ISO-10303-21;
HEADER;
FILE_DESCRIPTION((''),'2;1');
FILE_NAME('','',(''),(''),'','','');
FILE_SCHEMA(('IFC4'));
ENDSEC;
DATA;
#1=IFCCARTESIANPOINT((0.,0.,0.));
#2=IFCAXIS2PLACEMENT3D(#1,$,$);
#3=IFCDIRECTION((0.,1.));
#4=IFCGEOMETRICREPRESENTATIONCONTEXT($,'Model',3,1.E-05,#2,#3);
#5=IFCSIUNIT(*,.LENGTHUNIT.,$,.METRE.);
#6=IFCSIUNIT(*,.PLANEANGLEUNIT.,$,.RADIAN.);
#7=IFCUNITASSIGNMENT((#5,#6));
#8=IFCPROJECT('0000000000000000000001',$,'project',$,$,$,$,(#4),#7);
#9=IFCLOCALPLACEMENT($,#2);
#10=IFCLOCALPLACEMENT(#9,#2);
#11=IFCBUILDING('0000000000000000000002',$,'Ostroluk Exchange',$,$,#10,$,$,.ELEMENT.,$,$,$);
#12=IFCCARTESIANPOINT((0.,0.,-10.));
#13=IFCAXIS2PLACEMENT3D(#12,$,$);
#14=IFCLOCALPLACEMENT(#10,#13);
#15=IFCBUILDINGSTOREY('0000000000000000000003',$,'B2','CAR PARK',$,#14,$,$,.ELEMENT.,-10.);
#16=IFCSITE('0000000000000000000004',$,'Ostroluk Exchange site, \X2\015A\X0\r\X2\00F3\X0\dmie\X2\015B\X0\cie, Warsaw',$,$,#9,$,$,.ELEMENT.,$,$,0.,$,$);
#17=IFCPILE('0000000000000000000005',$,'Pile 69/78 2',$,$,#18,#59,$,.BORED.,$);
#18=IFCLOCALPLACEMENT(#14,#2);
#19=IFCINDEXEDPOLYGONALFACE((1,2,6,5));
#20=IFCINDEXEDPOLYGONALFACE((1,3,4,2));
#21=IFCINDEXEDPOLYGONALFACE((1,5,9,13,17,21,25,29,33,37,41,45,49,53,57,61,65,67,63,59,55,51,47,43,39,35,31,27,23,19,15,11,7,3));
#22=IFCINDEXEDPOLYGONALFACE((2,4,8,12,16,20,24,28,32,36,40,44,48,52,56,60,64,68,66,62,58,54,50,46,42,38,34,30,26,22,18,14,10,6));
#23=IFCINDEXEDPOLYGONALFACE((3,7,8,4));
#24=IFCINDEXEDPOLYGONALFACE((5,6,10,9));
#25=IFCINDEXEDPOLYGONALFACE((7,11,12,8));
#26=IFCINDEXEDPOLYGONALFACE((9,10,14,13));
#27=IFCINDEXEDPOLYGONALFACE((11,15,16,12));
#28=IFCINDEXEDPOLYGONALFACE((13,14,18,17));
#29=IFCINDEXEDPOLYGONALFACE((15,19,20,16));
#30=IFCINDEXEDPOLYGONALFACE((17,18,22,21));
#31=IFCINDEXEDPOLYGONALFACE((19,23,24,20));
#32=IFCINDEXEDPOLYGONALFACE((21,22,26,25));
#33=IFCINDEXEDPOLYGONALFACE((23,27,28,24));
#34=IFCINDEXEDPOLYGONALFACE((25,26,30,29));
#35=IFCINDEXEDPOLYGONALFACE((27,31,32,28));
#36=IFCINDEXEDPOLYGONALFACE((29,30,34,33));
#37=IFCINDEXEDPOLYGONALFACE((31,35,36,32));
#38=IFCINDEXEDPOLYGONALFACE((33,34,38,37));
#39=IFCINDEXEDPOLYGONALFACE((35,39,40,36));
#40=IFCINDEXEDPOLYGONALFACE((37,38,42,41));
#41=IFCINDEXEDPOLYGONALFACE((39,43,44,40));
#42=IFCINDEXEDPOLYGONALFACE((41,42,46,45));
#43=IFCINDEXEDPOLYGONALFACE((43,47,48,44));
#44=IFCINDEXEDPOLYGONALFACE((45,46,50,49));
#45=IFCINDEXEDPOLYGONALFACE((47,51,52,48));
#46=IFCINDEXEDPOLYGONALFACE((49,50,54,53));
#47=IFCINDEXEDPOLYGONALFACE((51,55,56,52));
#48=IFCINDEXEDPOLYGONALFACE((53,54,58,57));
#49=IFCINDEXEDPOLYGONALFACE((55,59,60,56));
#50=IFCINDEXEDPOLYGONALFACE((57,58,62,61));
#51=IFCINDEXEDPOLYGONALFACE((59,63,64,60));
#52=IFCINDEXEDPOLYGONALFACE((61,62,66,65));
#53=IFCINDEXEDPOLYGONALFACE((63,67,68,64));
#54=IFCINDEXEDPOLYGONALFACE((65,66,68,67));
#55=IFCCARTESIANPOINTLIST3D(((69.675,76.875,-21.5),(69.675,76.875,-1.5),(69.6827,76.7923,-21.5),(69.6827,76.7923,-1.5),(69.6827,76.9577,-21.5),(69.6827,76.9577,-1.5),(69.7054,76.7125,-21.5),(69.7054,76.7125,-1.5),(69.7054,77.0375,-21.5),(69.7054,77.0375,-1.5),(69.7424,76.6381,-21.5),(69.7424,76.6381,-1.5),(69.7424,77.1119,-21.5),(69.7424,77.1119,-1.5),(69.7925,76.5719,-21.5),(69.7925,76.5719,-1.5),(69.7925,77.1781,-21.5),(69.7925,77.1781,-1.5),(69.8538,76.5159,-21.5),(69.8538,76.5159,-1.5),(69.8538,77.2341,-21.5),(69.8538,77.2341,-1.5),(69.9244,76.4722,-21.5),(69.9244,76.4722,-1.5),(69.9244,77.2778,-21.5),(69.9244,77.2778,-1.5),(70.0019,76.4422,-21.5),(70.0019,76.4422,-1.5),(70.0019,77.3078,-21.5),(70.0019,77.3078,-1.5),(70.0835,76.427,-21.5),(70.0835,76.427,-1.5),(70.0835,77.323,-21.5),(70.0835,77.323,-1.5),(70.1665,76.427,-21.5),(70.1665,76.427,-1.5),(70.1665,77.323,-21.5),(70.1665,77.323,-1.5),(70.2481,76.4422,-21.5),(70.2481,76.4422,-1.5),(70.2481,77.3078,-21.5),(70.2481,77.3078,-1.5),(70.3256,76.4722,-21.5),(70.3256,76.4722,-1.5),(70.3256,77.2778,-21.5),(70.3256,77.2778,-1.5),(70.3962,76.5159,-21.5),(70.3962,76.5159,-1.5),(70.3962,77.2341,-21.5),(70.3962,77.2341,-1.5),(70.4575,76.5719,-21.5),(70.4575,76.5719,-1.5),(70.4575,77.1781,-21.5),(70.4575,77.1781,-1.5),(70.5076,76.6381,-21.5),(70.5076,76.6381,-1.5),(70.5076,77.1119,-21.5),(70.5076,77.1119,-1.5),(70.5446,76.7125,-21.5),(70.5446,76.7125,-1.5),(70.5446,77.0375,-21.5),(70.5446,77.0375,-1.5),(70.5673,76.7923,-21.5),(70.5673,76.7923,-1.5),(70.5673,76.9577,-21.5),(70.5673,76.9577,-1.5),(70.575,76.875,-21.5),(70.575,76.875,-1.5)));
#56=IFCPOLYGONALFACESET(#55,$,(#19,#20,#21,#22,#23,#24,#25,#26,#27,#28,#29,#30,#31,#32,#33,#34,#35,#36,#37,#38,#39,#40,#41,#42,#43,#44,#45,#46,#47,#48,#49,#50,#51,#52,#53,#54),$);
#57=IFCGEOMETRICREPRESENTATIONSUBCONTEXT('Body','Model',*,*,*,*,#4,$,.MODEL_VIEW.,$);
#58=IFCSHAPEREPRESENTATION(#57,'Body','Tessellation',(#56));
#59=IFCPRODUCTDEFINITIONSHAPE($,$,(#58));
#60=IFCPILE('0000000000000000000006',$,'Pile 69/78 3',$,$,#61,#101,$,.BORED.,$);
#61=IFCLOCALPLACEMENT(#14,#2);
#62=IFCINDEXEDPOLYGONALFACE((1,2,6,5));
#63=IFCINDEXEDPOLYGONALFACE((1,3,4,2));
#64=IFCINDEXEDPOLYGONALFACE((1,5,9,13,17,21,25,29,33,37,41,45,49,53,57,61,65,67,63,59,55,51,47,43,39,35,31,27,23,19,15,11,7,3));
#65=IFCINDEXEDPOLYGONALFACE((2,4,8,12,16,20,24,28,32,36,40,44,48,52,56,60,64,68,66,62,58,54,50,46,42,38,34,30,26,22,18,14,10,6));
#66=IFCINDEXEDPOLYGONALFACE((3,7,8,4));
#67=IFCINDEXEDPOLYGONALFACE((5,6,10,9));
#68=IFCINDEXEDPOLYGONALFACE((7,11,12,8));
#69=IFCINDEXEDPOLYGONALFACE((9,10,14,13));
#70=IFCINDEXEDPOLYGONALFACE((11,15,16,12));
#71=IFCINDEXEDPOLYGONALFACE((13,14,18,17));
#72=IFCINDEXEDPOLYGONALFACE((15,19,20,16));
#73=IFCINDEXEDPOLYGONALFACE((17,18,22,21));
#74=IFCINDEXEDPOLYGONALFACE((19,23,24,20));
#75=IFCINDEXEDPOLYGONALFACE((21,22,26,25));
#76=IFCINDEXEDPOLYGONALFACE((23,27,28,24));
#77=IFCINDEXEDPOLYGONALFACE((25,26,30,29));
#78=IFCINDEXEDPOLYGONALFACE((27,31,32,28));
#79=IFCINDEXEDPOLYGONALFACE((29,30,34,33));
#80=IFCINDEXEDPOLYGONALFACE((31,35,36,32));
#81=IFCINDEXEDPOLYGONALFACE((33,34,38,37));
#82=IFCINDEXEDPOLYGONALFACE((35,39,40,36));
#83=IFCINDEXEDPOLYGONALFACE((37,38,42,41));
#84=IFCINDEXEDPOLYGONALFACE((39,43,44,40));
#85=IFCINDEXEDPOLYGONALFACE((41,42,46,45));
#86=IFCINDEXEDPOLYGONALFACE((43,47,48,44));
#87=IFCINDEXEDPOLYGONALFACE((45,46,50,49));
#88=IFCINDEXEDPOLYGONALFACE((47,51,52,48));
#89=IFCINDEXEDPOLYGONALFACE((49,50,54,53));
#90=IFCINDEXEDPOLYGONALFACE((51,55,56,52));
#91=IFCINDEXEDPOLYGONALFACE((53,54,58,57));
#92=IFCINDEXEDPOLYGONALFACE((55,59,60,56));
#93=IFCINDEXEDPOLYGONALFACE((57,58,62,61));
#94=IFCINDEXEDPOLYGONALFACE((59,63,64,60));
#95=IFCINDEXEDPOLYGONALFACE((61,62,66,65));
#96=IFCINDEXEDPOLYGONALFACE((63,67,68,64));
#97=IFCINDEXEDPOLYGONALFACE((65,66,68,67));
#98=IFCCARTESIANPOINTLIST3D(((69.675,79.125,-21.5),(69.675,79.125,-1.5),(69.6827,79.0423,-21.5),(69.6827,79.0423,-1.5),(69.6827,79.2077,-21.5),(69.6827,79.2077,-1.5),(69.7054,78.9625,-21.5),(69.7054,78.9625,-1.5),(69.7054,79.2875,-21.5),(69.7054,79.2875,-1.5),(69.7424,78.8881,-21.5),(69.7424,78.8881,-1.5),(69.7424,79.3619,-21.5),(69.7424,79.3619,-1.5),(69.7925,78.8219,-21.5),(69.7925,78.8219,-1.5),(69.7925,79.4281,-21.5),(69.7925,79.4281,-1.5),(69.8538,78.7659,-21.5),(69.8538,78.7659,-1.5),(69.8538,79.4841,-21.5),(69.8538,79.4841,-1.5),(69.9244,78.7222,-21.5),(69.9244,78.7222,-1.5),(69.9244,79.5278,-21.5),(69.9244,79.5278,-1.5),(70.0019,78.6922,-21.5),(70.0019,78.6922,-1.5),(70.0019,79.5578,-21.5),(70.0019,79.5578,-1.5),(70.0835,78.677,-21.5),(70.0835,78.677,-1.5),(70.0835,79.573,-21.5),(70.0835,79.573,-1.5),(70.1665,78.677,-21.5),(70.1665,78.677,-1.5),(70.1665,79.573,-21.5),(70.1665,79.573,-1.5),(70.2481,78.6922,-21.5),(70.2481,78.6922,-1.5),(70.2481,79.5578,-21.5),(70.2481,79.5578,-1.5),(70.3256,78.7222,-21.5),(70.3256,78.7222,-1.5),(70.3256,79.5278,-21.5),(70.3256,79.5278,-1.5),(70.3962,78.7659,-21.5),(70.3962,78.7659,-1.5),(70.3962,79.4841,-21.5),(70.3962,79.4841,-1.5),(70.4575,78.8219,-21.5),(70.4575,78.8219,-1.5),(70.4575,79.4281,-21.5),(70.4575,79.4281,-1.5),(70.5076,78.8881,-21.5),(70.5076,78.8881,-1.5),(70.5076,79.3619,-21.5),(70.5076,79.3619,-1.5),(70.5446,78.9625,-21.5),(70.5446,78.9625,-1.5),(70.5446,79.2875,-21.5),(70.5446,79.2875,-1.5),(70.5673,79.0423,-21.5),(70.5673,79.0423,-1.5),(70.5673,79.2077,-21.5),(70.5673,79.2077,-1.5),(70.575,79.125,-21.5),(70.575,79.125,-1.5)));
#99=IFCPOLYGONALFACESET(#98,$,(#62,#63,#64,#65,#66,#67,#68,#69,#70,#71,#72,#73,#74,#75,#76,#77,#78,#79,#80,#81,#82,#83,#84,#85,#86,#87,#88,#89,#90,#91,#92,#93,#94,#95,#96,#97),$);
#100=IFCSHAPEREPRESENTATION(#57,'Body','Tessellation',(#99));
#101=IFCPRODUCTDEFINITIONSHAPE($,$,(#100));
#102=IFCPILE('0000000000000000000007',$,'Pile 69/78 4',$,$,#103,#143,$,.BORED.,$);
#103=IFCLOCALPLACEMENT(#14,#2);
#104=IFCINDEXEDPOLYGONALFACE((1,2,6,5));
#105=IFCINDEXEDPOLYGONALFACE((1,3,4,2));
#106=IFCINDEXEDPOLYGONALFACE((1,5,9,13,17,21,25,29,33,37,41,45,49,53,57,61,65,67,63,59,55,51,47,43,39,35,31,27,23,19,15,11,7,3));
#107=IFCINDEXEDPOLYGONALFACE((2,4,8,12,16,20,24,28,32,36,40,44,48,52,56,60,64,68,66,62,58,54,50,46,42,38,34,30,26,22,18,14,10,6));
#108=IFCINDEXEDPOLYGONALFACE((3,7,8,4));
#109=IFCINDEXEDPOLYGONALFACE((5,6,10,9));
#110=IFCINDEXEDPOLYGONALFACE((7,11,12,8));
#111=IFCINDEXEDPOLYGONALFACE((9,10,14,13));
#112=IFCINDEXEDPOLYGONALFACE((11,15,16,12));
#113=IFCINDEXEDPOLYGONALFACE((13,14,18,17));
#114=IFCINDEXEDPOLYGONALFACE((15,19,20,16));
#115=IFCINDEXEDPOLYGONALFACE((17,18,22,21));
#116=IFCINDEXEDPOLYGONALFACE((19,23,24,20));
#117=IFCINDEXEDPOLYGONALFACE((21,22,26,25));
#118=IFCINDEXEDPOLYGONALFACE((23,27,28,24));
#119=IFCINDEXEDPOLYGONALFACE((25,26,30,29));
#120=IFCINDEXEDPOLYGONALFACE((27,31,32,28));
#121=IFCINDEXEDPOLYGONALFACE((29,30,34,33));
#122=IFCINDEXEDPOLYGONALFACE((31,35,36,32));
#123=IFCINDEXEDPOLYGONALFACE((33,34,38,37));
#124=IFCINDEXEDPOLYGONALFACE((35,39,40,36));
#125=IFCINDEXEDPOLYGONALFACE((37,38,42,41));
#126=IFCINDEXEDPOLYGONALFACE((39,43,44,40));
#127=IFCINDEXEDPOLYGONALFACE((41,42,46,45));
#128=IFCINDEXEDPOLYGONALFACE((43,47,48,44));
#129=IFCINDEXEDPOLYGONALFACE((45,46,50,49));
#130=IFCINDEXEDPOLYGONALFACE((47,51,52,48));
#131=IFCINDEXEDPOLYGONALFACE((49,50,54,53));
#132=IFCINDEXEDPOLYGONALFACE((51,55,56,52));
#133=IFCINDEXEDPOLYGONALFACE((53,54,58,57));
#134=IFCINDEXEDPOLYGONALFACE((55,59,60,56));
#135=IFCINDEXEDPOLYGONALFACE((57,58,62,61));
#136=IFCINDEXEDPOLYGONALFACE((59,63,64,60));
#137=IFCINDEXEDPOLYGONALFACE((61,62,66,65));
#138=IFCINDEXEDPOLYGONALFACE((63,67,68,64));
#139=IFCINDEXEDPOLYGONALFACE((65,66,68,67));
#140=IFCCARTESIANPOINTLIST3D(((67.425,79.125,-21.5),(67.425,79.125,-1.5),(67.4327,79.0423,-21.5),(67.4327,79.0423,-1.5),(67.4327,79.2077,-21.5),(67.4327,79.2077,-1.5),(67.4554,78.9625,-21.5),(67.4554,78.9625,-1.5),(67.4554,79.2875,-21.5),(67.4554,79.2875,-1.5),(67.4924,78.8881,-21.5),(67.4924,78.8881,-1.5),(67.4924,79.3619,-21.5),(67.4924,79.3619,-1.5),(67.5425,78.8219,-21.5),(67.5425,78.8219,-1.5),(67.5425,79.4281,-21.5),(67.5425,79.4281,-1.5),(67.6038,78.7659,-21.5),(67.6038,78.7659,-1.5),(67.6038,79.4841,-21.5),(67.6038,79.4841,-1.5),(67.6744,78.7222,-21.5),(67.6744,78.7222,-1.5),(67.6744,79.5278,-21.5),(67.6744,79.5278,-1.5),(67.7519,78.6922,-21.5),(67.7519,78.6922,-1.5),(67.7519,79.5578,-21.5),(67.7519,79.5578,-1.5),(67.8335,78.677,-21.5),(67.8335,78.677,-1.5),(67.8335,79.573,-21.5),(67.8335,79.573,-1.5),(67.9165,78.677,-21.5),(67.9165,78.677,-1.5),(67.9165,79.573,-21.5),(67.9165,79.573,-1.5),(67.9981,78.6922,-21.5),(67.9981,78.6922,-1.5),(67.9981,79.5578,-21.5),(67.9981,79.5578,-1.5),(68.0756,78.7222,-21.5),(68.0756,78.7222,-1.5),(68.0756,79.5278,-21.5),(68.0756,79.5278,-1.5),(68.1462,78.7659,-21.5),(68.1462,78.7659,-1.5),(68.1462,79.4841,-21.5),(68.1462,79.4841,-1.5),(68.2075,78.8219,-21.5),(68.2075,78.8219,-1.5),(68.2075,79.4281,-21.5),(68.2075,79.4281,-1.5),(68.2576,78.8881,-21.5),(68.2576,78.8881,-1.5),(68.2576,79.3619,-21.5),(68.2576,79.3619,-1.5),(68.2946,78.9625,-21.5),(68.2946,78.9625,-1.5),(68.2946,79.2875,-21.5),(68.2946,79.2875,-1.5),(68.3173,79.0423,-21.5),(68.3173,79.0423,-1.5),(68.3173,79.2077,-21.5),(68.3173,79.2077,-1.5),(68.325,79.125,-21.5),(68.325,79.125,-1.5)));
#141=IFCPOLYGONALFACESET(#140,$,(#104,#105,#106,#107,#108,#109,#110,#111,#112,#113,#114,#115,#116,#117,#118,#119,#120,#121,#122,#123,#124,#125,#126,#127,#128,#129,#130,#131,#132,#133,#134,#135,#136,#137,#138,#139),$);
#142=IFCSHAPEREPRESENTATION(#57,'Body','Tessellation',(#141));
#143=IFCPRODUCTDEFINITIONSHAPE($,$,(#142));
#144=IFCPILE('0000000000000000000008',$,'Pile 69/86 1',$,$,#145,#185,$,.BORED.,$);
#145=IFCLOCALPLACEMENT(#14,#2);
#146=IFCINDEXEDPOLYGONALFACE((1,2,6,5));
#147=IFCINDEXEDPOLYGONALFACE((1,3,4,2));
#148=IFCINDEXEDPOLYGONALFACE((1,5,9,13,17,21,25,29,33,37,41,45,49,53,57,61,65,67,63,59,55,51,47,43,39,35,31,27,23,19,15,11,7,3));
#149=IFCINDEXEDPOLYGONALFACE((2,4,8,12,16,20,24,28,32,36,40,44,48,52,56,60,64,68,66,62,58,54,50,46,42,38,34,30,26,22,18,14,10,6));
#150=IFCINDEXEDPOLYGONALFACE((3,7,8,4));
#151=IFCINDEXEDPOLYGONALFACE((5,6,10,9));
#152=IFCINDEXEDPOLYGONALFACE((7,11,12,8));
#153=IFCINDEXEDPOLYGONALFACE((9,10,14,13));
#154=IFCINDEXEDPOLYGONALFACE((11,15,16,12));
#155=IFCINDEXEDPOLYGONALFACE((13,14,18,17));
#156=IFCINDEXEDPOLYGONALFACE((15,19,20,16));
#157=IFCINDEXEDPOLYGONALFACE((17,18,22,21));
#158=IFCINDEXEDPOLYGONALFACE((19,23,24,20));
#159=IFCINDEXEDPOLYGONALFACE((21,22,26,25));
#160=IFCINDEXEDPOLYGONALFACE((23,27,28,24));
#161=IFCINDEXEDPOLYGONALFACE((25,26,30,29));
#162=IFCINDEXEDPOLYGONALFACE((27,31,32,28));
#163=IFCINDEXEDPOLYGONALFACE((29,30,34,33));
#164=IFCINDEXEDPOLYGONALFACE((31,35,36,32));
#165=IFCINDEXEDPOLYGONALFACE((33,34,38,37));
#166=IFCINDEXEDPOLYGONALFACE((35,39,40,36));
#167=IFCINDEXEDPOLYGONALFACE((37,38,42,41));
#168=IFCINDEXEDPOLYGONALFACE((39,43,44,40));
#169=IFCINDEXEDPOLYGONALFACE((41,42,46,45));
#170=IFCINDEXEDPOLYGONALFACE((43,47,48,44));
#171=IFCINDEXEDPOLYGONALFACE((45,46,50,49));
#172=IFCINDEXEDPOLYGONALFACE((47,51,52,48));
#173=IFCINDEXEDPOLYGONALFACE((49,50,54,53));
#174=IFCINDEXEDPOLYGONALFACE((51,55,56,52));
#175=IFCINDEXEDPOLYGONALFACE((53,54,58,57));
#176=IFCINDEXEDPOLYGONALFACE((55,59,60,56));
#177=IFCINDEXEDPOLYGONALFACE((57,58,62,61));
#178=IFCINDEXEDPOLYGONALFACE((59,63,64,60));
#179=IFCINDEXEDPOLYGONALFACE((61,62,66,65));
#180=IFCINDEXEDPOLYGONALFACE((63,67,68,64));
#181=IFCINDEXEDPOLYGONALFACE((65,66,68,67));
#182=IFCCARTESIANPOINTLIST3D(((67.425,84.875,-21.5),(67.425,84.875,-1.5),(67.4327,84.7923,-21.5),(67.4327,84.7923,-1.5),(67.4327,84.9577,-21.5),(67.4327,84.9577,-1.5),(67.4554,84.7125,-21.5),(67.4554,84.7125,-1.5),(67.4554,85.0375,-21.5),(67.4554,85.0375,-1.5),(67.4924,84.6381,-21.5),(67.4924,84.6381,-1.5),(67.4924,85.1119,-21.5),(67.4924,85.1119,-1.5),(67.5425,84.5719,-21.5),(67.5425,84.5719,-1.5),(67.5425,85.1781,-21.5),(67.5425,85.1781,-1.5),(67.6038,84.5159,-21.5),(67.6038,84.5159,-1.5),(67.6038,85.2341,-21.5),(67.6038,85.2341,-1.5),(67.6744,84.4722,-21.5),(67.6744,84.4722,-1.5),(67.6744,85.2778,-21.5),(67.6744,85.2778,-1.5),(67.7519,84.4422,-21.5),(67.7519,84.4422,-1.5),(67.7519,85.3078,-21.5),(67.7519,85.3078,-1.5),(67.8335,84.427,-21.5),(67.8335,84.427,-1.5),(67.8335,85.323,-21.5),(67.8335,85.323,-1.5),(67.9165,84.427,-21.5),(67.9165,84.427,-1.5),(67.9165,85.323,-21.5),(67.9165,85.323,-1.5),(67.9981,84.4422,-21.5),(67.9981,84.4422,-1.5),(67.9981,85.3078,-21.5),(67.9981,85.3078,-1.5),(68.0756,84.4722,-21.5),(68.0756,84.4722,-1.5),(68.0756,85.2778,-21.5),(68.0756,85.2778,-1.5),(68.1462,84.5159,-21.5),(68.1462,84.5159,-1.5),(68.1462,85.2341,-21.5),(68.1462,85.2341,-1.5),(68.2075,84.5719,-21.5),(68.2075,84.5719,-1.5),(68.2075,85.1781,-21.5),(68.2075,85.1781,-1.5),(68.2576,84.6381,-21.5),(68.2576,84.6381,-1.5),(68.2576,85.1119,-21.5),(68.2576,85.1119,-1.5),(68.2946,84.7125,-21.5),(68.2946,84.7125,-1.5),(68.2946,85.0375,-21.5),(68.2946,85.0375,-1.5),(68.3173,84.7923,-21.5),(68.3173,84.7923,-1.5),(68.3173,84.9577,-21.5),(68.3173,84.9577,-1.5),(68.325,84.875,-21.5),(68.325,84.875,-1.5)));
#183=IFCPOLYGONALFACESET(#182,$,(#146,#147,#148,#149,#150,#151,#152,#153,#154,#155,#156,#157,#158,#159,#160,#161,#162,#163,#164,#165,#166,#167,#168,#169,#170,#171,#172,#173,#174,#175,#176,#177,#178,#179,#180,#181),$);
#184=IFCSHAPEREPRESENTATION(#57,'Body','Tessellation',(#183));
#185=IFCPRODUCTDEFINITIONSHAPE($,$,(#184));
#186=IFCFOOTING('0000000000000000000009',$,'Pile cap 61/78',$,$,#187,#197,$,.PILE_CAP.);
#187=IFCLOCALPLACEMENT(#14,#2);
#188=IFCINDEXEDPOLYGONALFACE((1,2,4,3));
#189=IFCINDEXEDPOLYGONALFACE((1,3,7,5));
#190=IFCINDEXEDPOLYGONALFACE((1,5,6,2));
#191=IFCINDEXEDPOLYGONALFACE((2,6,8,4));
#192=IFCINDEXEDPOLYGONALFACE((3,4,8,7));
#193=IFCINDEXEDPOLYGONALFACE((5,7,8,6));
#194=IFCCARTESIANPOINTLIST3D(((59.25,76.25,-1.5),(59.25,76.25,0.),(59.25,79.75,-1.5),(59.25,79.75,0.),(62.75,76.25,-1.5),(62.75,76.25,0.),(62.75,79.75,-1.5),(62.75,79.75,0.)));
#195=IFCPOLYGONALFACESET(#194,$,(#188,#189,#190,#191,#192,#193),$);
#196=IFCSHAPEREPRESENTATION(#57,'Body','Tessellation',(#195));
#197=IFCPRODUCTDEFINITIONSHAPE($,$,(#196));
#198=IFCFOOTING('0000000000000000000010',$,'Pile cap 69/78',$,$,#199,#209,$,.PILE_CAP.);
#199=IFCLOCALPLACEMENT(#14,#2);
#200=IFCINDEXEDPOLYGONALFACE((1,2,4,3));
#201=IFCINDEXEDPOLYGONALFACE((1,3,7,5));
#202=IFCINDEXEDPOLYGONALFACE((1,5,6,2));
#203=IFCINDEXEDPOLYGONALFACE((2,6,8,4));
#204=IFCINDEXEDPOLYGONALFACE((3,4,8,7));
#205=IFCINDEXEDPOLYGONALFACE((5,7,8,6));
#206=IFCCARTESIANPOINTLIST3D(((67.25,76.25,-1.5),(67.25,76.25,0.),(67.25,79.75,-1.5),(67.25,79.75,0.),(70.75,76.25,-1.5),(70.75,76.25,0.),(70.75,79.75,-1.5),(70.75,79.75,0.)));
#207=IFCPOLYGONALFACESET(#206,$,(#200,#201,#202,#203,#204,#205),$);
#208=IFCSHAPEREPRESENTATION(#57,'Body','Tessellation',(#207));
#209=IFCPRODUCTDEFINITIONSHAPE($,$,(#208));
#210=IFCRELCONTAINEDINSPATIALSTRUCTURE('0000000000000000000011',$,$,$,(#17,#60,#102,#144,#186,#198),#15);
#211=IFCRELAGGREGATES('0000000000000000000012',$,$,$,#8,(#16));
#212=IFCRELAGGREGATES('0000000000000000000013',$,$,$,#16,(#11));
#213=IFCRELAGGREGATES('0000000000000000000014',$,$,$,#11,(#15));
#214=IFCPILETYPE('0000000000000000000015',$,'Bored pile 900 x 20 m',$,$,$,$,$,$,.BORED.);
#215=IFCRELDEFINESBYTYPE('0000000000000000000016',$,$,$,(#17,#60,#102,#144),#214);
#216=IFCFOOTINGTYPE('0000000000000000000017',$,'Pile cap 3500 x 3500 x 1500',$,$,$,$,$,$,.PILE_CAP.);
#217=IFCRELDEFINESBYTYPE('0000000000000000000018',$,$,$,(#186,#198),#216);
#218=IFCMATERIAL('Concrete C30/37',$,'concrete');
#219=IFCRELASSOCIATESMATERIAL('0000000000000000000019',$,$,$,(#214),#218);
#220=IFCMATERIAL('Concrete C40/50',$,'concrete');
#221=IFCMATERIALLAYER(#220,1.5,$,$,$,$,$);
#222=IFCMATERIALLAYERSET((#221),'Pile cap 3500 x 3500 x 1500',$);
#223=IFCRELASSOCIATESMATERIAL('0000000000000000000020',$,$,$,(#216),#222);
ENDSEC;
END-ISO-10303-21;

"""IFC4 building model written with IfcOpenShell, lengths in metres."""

from ifc_helpers import new_model, si_unit, direction, frame, origin, origin_2d, place, context, subcontext, project, spatial, rectangle, circle, extrude, material, layer, layer_set, type_object, element, save


model = new_model("IFC4")

# Units and contexts
model_context = context("Model", 3, precision=1e-05, world=origin(), true_north=direction((0.0, 1.0)))
body_context = subcontext(model_context, "Body", "Model", "MODEL_VIEW")
ifc_project = project(units=[si_unit("LENGTHUNIT", "METRE"), si_unit("PLANEANGLEUNIT", "RADIAN")], contexts=[model_context])

# Site, building, storey
site_placement = place(None, origin())
site = spatial("IfcSite", under=ifc_project, at=site_placement, Name="Ostroluk Exchange site, Śródmieście, Warsaw", CompositionType="ELEMENT", RefElevation=0.0)
building_placement = place(site_placement, origin())
building = spatial("IfcBuilding", under=site, at=building_placement, Name="Ostroluk Exchange", CompositionType="ELEMENT")
storey_placement = place(building_placement, frame((0.0, 0.0, -10.0)))
storey = spatial("IfcBuildingStorey", under=building, at=storey_placement, Name="B2", Description="CAR PARK", CompositionType="ELEMENT", Elevation=-10.0)

# Piles
ifc_material_1 = material(Name="Concrete C30/37", Category="concrete")
pile_type_1 = type_object("IfcPileType", Name="Bored pile 900 x 20 m", PredefinedType="BORED", material=ifc_material_1)
for number, where, z_axis, x_axis, name in (
    (1, (70.125, 76.875, -1.5), (0.0, 0.0, -1.0), (1.0, 0.0, 0.0), "Pile 69/78 2"),
    (2, (70.125, 79.125, -1.5), (0.0, 0.0, -1.0), (1.0, 0.0, 0.0), "Pile 69/78 3"),
    (3, (67.875, 79.125, -1.5), (0.0, 0.0, -1.0), (1.0, 0.0, 0.0), "Pile 69/78 4"),
    (4, (67.875, 84.875, -1.5), (0.0, 0.0, -1.0), (1.0, 0.0, 0.0), "Pile 69/86 1"),
):
    element("IfcPile", number, at=place(storey_placement, frame(where, z_axis=z_axis, x_axis=x_axis)), inside=storey, type_object=pile_type_1, Name=name, PredefinedType="BORED", context=body_context, shape_type="SweptSolid", body=[
        extrude(circle(Radius=0.45, at=origin_2d()), origin(), (0.0, 0.0, 1.0), 20.0),
    ])

# Footings
ifc_material_2 = material(Name="Concrete C40/50", Category="concrete")
ifc_layer_1 = layer(ifc_material_2, 1.5)
ifc_layer_set_1 = layer_set([ifc_layer_1], Name="Pile cap 3500 x 3500 x 1500")
footing_type = type_object("IfcFootingType", Name="Pile cap 3500 x 3500 x 1500", PredefinedType="PILE_CAP", material=ifc_layer_set_1)
for number, where, z_axis, x_axis, name in (
    (5, (61.0, 78.0, -1.5), (0.0, 0.0, 1.0), (1.0, 0.0, 0.0), "Pile cap 61/78"),
    (6, (69.0, 78.0, -1.5), (0.0, 0.0, 1.0), (1.0, 0.0, 0.0), "Pile cap 69/78"),
):
    element("IfcFooting", number, at=place(storey_placement, frame(where, z_axis=z_axis, x_axis=x_axis)), inside=storey, type_object=footing_type, Name=name, PredefinedType="PILE_CAP", context=body_context, shape_type="SweptSolid", body=[
        extrude(rectangle(XDim=3.5, YDim=3.5, at=origin_2d()), origin(), (0.0, 0.0, 1.0), 1.5),
    ])

save(model, "model.ifc")
